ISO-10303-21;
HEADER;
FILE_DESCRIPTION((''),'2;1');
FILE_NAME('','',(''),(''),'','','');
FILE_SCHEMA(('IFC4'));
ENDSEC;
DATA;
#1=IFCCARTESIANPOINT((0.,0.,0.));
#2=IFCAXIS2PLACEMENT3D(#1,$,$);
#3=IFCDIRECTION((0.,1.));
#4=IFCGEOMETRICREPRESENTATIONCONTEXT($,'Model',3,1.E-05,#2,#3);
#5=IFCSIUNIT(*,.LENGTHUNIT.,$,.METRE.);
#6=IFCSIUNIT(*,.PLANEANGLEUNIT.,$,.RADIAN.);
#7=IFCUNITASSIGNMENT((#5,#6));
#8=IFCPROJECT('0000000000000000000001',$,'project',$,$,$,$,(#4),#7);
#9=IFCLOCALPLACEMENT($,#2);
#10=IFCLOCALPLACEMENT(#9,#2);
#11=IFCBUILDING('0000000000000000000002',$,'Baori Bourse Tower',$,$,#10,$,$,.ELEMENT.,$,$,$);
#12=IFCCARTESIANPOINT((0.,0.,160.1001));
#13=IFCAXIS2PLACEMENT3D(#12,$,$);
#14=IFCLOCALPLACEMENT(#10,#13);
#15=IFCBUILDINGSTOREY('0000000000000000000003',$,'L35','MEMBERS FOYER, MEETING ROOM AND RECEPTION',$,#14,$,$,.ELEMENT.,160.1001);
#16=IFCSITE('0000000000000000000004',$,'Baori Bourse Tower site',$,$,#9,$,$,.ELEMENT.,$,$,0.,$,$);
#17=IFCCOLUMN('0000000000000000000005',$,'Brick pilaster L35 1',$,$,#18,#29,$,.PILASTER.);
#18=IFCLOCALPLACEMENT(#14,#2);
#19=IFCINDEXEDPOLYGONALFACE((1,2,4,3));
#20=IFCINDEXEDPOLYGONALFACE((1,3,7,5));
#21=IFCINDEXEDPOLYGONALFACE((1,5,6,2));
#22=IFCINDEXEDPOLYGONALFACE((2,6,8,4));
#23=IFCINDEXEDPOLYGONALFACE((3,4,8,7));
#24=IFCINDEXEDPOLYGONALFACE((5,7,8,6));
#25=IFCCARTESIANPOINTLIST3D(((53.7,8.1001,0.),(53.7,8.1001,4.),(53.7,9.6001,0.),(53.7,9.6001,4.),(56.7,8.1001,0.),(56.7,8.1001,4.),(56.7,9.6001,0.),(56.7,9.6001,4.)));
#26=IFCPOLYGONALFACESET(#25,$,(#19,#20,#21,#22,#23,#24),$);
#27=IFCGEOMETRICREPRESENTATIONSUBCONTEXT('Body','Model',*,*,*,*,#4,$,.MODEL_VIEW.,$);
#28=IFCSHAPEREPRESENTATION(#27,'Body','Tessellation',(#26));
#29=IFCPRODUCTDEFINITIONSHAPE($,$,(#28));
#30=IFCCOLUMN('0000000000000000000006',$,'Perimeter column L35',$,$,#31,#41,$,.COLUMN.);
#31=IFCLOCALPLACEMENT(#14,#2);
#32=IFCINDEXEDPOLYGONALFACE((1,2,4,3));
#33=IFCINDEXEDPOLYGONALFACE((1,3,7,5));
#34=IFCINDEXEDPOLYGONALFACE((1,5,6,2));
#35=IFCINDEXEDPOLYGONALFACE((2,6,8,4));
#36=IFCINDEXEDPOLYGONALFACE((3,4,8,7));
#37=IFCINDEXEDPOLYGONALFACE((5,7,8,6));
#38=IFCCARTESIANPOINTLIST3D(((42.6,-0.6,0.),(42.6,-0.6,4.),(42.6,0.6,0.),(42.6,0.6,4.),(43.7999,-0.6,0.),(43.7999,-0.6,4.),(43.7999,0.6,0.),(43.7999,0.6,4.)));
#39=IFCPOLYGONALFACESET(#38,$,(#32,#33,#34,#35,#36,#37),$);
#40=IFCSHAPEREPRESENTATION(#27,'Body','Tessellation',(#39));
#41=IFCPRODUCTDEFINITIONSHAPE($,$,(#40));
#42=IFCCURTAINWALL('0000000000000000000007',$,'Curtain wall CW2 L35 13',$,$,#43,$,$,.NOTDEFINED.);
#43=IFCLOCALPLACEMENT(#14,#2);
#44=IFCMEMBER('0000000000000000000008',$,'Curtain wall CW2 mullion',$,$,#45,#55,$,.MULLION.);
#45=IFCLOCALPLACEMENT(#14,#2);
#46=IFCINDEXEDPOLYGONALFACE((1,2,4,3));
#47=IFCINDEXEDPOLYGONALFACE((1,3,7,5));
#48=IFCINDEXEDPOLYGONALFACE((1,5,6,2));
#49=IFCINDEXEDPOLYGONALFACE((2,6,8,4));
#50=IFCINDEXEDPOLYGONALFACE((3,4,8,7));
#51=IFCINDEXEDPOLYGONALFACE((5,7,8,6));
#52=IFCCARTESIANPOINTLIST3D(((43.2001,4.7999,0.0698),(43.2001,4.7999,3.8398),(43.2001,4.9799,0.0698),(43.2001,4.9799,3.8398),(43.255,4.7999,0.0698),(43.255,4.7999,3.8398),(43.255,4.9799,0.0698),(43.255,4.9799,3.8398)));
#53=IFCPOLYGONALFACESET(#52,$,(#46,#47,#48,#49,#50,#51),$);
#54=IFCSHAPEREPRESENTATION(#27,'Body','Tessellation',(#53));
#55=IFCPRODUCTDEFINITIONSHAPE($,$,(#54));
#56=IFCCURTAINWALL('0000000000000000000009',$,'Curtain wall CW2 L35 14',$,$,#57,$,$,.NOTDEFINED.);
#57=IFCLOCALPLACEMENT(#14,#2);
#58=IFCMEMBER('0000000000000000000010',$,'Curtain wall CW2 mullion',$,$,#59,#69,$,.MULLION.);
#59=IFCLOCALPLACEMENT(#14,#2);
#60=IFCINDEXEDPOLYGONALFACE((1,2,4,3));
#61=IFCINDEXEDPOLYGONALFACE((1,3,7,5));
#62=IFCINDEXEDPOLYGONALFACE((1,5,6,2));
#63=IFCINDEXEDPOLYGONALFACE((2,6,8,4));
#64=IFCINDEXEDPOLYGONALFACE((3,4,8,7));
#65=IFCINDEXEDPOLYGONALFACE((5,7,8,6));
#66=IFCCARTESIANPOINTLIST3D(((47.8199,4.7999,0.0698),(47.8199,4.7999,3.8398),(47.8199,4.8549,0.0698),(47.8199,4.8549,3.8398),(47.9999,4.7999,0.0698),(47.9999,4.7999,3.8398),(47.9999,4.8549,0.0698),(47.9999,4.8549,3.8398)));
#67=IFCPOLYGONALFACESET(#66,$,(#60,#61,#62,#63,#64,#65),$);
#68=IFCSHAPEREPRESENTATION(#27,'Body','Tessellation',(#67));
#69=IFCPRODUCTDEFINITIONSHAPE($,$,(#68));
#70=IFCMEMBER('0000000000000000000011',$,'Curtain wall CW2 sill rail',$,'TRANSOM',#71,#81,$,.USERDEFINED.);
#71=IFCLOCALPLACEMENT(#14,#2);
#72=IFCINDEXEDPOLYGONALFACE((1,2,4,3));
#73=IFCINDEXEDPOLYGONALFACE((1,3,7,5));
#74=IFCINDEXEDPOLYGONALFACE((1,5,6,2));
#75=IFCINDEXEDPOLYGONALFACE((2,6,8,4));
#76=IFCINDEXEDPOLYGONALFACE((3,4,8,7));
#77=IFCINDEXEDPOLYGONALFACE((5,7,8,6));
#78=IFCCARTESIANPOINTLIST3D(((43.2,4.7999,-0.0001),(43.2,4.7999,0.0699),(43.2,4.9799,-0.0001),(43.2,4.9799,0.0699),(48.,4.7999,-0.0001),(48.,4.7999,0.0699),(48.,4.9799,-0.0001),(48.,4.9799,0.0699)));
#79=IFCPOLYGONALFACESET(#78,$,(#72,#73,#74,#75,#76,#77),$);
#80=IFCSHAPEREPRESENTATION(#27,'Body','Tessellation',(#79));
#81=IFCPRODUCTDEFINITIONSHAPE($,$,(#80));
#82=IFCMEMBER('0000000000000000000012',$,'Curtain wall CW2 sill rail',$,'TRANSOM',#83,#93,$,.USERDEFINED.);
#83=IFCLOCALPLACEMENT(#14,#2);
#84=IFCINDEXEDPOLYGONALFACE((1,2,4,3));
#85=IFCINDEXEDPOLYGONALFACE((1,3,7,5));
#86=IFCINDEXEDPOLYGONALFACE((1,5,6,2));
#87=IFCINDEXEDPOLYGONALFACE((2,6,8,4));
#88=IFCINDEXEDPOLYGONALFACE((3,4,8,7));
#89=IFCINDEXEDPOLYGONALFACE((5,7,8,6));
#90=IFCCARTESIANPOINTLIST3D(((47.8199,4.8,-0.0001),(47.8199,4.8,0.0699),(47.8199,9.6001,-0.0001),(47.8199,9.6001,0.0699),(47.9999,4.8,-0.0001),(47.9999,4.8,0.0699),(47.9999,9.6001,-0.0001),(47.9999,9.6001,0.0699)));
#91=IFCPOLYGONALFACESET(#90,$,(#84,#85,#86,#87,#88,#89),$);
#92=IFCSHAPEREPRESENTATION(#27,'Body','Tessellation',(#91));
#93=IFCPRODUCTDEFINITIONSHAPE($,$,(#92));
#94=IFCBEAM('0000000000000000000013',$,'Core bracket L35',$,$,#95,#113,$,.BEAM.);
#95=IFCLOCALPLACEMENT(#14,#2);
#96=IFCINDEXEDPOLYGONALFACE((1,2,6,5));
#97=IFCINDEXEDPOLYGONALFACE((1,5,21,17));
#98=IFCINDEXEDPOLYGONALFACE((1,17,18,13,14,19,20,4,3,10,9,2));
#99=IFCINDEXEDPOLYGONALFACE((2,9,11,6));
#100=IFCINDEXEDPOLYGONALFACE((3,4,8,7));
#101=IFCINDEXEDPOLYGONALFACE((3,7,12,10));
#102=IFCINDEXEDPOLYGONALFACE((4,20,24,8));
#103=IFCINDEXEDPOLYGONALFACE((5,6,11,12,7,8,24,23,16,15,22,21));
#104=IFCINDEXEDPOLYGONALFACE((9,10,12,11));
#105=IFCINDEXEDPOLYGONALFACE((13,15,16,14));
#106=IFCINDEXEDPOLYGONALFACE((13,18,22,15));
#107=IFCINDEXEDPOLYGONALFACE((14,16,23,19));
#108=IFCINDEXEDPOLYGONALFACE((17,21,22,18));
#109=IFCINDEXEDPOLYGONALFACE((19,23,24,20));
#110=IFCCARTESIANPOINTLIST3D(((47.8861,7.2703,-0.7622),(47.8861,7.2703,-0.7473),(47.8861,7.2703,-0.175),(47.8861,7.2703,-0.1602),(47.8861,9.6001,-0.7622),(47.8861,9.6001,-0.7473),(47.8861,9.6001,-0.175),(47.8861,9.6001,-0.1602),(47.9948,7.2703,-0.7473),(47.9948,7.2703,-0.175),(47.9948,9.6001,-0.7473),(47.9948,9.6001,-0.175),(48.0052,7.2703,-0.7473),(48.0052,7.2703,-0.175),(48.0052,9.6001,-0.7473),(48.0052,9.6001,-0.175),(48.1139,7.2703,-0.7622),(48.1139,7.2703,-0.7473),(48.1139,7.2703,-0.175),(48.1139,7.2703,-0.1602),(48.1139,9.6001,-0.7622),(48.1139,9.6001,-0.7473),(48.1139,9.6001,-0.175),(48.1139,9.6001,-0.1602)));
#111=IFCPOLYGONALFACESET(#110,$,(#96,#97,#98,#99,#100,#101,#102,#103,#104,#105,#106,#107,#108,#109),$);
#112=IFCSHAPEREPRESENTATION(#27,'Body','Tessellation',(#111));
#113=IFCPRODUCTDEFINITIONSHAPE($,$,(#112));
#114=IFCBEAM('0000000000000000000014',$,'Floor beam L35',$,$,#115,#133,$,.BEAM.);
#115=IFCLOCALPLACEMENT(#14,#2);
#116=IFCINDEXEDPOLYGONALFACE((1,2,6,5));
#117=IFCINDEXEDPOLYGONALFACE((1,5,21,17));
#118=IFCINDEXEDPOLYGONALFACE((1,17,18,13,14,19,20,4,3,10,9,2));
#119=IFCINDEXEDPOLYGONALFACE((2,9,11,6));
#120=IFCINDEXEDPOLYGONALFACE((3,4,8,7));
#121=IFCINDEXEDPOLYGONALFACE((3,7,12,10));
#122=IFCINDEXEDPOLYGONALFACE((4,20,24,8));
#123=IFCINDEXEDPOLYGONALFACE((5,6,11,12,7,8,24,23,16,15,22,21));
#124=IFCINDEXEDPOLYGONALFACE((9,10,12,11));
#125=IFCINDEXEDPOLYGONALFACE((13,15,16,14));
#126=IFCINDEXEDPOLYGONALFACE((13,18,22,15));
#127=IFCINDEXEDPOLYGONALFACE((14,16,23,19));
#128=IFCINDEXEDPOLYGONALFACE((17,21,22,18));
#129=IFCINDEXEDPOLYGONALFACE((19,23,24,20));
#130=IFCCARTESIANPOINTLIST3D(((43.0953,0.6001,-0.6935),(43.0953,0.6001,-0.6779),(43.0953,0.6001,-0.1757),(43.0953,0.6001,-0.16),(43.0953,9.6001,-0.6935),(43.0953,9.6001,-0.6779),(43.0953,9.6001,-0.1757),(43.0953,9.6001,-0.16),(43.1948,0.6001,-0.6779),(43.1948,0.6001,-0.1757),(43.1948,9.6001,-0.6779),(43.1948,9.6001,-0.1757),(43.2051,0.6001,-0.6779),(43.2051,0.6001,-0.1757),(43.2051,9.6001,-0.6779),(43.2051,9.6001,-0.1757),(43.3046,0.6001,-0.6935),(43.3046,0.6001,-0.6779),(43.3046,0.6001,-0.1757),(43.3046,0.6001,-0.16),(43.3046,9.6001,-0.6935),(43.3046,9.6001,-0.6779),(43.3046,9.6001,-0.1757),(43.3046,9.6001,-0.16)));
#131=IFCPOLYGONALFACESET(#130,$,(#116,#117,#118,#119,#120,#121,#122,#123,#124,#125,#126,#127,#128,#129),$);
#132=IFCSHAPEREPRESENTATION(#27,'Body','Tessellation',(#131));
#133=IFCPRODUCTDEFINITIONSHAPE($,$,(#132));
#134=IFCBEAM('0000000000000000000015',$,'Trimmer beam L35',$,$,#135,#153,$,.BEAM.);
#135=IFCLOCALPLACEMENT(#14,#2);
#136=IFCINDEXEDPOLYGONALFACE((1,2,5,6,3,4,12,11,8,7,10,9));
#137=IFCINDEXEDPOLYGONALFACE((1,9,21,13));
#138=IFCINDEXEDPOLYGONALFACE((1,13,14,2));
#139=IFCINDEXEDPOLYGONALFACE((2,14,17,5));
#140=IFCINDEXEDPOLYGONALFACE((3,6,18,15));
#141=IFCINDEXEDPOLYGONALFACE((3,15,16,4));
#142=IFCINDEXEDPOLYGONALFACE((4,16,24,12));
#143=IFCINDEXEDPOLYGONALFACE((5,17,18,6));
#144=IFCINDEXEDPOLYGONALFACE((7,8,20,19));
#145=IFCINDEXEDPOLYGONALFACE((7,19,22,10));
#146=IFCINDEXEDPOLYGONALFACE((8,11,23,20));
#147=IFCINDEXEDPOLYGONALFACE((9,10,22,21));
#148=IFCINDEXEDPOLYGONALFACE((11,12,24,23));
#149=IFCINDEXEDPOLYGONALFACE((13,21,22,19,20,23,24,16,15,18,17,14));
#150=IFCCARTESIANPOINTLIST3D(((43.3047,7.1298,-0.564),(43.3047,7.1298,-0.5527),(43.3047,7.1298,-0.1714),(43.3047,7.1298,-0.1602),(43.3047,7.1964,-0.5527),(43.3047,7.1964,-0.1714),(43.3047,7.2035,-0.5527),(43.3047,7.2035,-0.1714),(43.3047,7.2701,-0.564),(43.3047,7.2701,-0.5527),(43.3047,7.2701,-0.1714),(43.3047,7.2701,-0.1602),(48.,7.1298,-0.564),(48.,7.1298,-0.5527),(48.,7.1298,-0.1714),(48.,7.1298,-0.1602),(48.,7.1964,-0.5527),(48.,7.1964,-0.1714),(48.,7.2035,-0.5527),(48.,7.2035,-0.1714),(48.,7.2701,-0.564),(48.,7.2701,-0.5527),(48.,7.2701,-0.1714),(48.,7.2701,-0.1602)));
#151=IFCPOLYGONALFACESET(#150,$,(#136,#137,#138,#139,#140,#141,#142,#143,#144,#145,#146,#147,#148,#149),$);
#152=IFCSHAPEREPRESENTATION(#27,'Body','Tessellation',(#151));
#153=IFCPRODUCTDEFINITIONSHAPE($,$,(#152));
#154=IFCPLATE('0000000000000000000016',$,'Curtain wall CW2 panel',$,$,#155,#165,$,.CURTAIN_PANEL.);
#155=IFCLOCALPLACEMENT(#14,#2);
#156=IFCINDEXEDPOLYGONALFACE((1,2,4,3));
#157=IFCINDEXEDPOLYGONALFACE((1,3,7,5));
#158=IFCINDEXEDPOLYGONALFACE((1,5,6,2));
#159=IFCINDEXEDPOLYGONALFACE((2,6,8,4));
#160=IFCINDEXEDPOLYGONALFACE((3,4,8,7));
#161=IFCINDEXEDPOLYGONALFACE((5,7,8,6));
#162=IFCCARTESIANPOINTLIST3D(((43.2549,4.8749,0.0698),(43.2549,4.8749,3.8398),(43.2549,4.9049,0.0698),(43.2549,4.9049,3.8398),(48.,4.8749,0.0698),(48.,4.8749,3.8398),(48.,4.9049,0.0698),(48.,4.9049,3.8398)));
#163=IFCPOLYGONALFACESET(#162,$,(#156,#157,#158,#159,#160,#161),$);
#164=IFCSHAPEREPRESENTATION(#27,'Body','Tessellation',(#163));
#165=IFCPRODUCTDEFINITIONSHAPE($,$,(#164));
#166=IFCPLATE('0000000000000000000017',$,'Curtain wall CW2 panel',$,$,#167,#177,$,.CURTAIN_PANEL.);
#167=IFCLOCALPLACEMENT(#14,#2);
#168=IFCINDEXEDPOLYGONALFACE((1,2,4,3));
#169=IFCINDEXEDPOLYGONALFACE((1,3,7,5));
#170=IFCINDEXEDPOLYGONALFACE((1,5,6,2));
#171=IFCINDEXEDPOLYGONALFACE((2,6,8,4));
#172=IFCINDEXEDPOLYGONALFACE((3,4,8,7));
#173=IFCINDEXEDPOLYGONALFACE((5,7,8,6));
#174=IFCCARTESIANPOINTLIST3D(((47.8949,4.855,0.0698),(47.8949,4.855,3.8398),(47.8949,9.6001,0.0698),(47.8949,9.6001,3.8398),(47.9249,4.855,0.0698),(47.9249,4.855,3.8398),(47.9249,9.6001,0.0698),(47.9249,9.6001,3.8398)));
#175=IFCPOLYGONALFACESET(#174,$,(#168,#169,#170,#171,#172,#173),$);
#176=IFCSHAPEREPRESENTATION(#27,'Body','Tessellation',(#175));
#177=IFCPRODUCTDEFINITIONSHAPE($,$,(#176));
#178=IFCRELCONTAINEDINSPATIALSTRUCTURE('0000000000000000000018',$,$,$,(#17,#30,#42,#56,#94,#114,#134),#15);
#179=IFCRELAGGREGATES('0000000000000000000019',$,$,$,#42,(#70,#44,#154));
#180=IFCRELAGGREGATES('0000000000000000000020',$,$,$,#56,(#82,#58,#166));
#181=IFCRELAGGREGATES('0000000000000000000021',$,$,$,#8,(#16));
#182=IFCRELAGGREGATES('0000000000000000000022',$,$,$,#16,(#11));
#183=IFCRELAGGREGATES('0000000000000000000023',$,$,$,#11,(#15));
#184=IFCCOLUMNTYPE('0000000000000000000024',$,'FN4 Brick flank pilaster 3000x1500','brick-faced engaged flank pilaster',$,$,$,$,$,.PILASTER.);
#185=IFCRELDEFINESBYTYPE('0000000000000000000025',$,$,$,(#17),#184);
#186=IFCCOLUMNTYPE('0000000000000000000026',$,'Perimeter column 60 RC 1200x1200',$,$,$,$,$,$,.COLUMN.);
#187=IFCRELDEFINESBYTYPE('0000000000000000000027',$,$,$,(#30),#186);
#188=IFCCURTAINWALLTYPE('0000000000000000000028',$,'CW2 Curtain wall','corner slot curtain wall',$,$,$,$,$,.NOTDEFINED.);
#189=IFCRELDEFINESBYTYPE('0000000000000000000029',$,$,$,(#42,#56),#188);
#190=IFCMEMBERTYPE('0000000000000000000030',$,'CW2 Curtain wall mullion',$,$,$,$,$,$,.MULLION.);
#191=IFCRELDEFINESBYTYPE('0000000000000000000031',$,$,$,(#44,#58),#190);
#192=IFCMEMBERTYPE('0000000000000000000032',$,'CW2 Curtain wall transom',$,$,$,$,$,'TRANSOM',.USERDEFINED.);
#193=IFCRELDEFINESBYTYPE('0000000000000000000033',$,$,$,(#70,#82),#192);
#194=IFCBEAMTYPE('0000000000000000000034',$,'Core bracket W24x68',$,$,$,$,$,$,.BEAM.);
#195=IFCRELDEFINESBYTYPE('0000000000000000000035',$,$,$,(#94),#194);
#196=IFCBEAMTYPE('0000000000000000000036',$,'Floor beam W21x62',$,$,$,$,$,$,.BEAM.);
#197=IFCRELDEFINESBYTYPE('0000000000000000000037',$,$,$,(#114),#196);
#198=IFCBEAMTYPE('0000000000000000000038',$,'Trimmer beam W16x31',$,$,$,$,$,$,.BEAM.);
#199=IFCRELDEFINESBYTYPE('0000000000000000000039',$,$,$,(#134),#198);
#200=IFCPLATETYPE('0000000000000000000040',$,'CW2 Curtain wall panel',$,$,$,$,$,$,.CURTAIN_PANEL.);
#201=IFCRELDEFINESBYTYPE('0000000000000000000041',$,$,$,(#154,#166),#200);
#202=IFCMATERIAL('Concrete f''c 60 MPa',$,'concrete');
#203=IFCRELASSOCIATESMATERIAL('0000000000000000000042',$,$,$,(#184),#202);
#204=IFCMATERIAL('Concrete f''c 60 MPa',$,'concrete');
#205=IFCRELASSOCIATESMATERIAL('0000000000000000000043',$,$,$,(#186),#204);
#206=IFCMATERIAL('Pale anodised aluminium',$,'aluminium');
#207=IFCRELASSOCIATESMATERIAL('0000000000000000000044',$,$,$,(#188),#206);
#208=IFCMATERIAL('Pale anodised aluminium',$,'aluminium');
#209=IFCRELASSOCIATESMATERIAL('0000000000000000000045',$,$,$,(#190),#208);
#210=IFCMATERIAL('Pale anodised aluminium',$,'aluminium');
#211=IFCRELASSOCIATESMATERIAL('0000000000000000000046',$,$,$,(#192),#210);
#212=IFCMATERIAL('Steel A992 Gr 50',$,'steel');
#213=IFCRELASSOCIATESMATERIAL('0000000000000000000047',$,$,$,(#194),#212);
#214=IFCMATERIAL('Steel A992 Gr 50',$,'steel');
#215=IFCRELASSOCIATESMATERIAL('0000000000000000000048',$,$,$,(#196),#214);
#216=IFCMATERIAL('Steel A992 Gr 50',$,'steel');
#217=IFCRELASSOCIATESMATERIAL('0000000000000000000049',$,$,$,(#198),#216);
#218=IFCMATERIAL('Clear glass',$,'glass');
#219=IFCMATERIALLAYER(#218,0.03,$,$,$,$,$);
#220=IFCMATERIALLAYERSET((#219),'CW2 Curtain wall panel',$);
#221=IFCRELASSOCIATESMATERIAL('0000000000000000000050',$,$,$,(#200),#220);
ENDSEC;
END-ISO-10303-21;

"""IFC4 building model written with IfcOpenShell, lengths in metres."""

from ifc_helpers import new_model, si_unit, direction, frame, origin, origin_2d, place, context, subcontext, project, spatial, rectangle, i_section, extrude, material, layer, layer_set, material_profile, profile_set, type_object, element, aggregate, save


model = new_model("IFC4")

# Units and contexts
model_context = context("Model", 3, precision=1e-05, world=origin(), true_north=direction((0.0, 1.0)))
body_context = subcontext(model_context, "Body", "Model", "MODEL_VIEW")
ifc_project = project(units=[si_unit("LENGTHUNIT", "METRE"), si_unit("PLANEANGLEUNIT", "RADIAN")], contexts=[model_context])

# Site, building, storey
site_placement = place(None, origin())
site = spatial("IfcSite", under=ifc_project, at=site_placement, Name="Baori Bourse Tower site", CompositionType="ELEMENT", RefElevation=0.0)
building_placement = place(site_placement, origin())
building = spatial("IfcBuilding", under=site, at=building_placement, Name="Baori Bourse Tower", CompositionType="ELEMENT")
storey_placement = place(building_placement, frame((0.0, 0.0, 160.1001)))
storey = spatial("IfcBuildingStorey", under=building, at=storey_placement, Name="L35", Description="MEMBERS FOYER, MEETING ROOM AND RECEPTION", CompositionType="ELEMENT", Elevation=160.1001)

# Columns
ifc_material_1 = material(Name="Concrete f'c 60 MPa", Category="concrete")
ifc_material_profile_1 = material_profile(ifc_material_1, rectangle(XDim=3.0, YDim=1.5, at=origin_2d()), Name="RC 3000x1500")
ifc_profile_set_1 = profile_set([ifc_material_profile_1], Name="Concrete f'c 60 MPa")
column_type_1 = type_object("IfcColumnType", Name="FN4 Brick flank pilaster 3000x1500", Description="brick-faced engaged flank pilaster", PredefinedType="PILASTER", material=ifc_profile_set_1)
column_1_placement = place(storey_placement, frame((55.2, 8.8501, 0.0), z_axis=(0.0, 0.0, 1.0), x_axis=(1.0, 0.0, 0.0)))
element("IfcColumn", 1, at=column_1_placement, inside=storey, type_object=column_type_1, Name="Brick pilaster L35 1", PredefinedType="PILASTER", context=body_context, shape_type="SweptSolid", body=[
    extrude(rectangle(XDim=3.0, YDim=1.5, at=origin_2d()), origin(), (0.0, 0.0, 1.0), 4.0),
])
ifc_material_2 = material(Name="Concrete f'c 60 MPa", Category="concrete")
ifc_material_profile_2 = material_profile(ifc_material_2, rectangle(XDim=1.2, YDim=1.2, at=origin_2d()), Name="RC 1200x1200")
ifc_profile_set_2 = profile_set([ifc_material_profile_2], Name="Concrete f'c 60 MPa")
column_type_2 = type_object("IfcColumnType", Name="Perimeter column 60 RC 1200x1200", PredefinedType="COLUMN", material=ifc_profile_set_2)
column_2_placement = place(storey_placement, frame((43.2, 0.0, 0.0), z_axis=(0.0, 0.0, 1.0), x_axis=(1.0, 0.0, 0.0)))
element("IfcColumn", 2, at=column_2_placement, inside=storey, type_object=column_type_2, Name="Perimeter column L35", PredefinedType="COLUMN", context=body_context, shape_type="SweptSolid", body=[
    extrude(rectangle(XDim=1.2, YDim=1.2, at=origin_2d()), origin(), (0.0, 0.0, 1.0), 4.0),
])

# Curtain walls, members
ifc_material_3 = material(Name="Pale anodised aluminium", Category="aluminium")
curtain_wall_type = type_object("IfcCurtainWallType", Name="CW2 Curtain wall", Description="corner slot curtain wall", PredefinedType="NOTDEFINED", material=ifc_material_3)
curtain_wall_1_placement = place(storey_placement, origin())
curtain_wall_1 = element("IfcCurtainWall", 3, at=curtain_wall_1_placement, inside=storey, type_object=curtain_wall_type, Name="Curtain wall CW2 L35 13", PredefinedType="NOTDEFINED")
ifc_material_4 = material(Name="Pale anodised aluminium", Category="aluminium")
ifc_material_profile_3 = material_profile(ifc_material_4, rectangle(XDim=0.1799, YDim=0.0549, at=origin_2d()), Name="Mullion 55x180")
ifc_profile_set_3 = profile_set([ifc_material_profile_3], Name="Pale anodised aluminium")
member_type_1 = type_object("IfcMemberType", Name="CW2 Curtain wall mullion", PredefinedType="MULLION", material=ifc_profile_set_3)
member_1_placement = place(storey_placement, frame((43.2275, 4.8899, 0.0698), z_axis=(0.0, 0.0, 1.0), x_axis=(0.0, 1.0, 0.0)))
member_1 = element("IfcMember", 4, at=member_1_placement, type_object=member_type_1, Name="Curtain wall CW2 mullion", PredefinedType="MULLION", context=body_context, shape_type="SweptSolid", body=[
    extrude(rectangle(XDim=0.1799, YDim=0.0549, at=origin_2d()), origin(), (0.0, 0.0, 1.0), 3.77),
])
curtain_wall_2_placement = place(storey_placement, origin())
curtain_wall_2 = element("IfcCurtainWall", 5, at=curtain_wall_2_placement, inside=storey, type_object=curtain_wall_type, Name="Curtain wall CW2 L35 14", PredefinedType="NOTDEFINED")
member_2_placement = place(storey_placement, frame((47.9099, 4.8274, 0.0698), z_axis=(0.0, 0.0, 1.0), x_axis=(-1.0, 0.0, 0.0)))
member_2 = element("IfcMember", 6, at=member_2_placement, type_object=member_type_1, Name="Curtain wall CW2 mullion", PredefinedType="MULLION", context=body_context, shape_type="SweptSolid", body=[
    extrude(rectangle(XDim=0.1799, YDim=0.0549, at=origin_2d()), origin(), (0.0, 0.0, 1.0), 3.77),
])

# Members
ifc_material_5 = material(Name="Pale anodised aluminium", Category="aluminium")
ifc_material_profile_4 = material_profile(ifc_material_5, rectangle(XDim=0.1799, YDim=0.0701, at=origin_2d()), Name="Transom 70x180")
ifc_profile_set_4 = profile_set([ifc_material_profile_4], Name="Pale anodised aluminium")
member_type_2 = type_object("IfcMemberType", Name="CW2 Curtain wall transom", ElementType="TRANSOM", PredefinedType="USERDEFINED", material=ifc_profile_set_4)
member_3_placement = place(storey_placement, frame((43.2, 4.8899, 0.0349), z_axis=(1.0, 0.0, 0.0), x_axis=(0.0, 1.0, 0.0)))
member_3 = element("IfcMember", 7, at=member_3_placement, type_object=member_type_2, Name="Curtain wall CW2 sill rail", ObjectType="TRANSOM", PredefinedType="USERDEFINED", context=body_context, shape_type="SweptSolid", body=[
    extrude(rectangle(XDim=0.1799, YDim=0.0701, at=origin_2d()), origin(), (0.0, 0.0, 1.0), 4.8),
])
member_4_placement = place(storey_placement, frame((47.9099, 4.8, 0.0349), z_axis=(0.0, 1.0, 0.0), x_axis=(-1.0, 0.0, 0.0)))
member_4 = element("IfcMember", 8, at=member_4_placement, type_object=member_type_2, Name="Curtain wall CW2 sill rail", ObjectType="TRANSOM", PredefinedType="USERDEFINED", context=body_context, shape_type="SweptSolid", body=[
    extrude(rectangle(XDim=0.1799, YDim=0.0701, at=origin_2d()), origin(), (0.0, 0.0, 1.0), 4.8),
])

# Beams
ifc_material_6 = material(Name="Steel A992 Gr 50", Category="steel")
ifc_material_profile_5 = material_profile(ifc_material_6, i_section(OverallWidth=0.2278, OverallDepth=0.6021, WebThickness=0.0105, FlangeThickness=0.0149, at=origin_2d()), Name="W24x68")
ifc_profile_set_5 = profile_set([ifc_material_profile_5], Name="Steel A992 Gr 50")
beam_type_1 = type_object("IfcBeamType", Name="Core bracket W24x68", PredefinedType="BEAM", material=ifc_profile_set_5)
beam_1_placement = place(storey_placement, frame((48.0, 7.2703, -0.4612), z_axis=(0.0, 1.0, 0.0), x_axis=(-1.0, 0.0, 0.0)))
element("IfcBeam", 9, at=beam_1_placement, inside=storey, type_object=beam_type_1, Name="Core bracket L35", PredefinedType="BEAM", context=body_context, shape_type="SweptSolid", body=[
    extrude(i_section(OverallWidth=0.2278, OverallDepth=0.6021, WebThickness=0.0105, FlangeThickness=0.0149, at=origin_2d()), origin(), (0.0, 0.0, 1.0), 2.3298),
])
ifc_material_7 = material(Name="Steel A992 Gr 50", Category="steel")
ifc_material_profile_6 = material_profile(ifc_material_7, i_section(OverallWidth=0.2092, OverallDepth=0.5334, WebThickness=0.0103, FlangeThickness=0.0156, at=origin_2d()), Name="W21x62")
ifc_profile_set_6 = profile_set([ifc_material_profile_6], Name="Steel A992 Gr 50")
beam_type_2 = type_object("IfcBeamType", Name="Floor beam W21x62", PredefinedType="BEAM", material=ifc_profile_set_6)
beam_2_placement = place(storey_placement, frame((43.2, 0.6001, -0.4268), z_axis=(0.0, 1.0, 0.0), x_axis=(-1.0, 0.0, 0.0)))
element("IfcBeam", 10, at=beam_2_placement, inside=storey, type_object=beam_type_2, Name="Floor beam L35", PredefinedType="BEAM", context=body_context, shape_type="SweptSolid", body=[
    extrude(i_section(OverallWidth=0.2092, OverallDepth=0.5334, WebThickness=0.0103, FlangeThickness=0.0156, at=origin_2d()), origin(), (0.0, 0.0, 1.0), 9.0),
])
ifc_material_8 = material(Name="Steel A992 Gr 50", Category="steel")
ifc_material_profile_7 = material_profile(ifc_material_8, i_section(OverallWidth=0.1404, OverallDepth=0.4038, WebThickness=0.0071, FlangeThickness=0.0112, at=origin_2d()), Name="W16x31")
ifc_profile_set_7 = profile_set([ifc_material_profile_7], Name="Steel A992 Gr 50")
beam_type_3 = type_object("IfcBeamType", Name="Trimmer beam W16x31", PredefinedType="BEAM", material=ifc_profile_set_7)
beam_3_placement = place(storey_placement, frame((43.3047, 7.2, -0.3621), z_axis=(1.0, 0.0, 0.0), x_axis=(0.0, 1.0, 0.0)))
element("IfcBeam", 11, at=beam_3_placement, inside=storey, type_object=beam_type_3, Name="Trimmer beam L35", PredefinedType="BEAM", context=body_context, shape_type="SweptSolid", body=[
    extrude(i_section(OverallWidth=0.1404, OverallDepth=0.4038, WebThickness=0.0071, FlangeThickness=0.0112, at=origin_2d()), origin(), (0.0, 0.0, 1.0), 4.6953),
])

# Plates
ifc_material_9 = material(Name="Clear glass", Category="glass")
ifc_layer_1 = layer(ifc_material_9, 0.03)
ifc_layer_set_1 = layer_set([ifc_layer_1], Name="CW2 Curtain wall panel")
plate_type = type_object("IfcPlateType", Name="CW2 Curtain wall panel", PredefinedType="CURTAIN_PANEL", material=ifc_layer_set_1)
plate_1_placement = place(storey_placement, frame((45.6274, 4.8899, 0.0698), z_axis=(0.0, 0.0, 1.0), x_axis=(1.0, 0.0, 0.0)))
plate_1 = element("IfcPlate", 12, at=plate_1_placement, type_object=plate_type, Name="Curtain wall CW2 panel", PredefinedType="CURTAIN_PANEL", context=body_context, shape_type="SweptSolid", body=[
    extrude(rectangle(XDim=4.7451, YDim=0.03, at=origin_2d()), origin(), (0.0, 0.0, 1.0), 3.77),
])
aggregate(curtain_wall_1, [member_3, member_1, plate_1])
plate_2_placement = place(storey_placement, frame((47.9099, 7.2275, 0.0698), z_axis=(0.0, 0.0, 1.0), x_axis=(0.0, 1.0, 0.0)))
plate_2 = element("IfcPlate", 13, at=plate_2_placement, type_object=plate_type, Name="Curtain wall CW2 panel", PredefinedType="CURTAIN_PANEL", context=body_context, shape_type="SweptSolid", body=[
    extrude(rectangle(XDim=4.7451, YDim=0.03, at=origin_2d()), origin(), (0.0, 0.0, 1.0), 3.77),
])
aggregate(curtain_wall_2, [member_4, member_2, plate_2])

save(model, "model.ifc")
